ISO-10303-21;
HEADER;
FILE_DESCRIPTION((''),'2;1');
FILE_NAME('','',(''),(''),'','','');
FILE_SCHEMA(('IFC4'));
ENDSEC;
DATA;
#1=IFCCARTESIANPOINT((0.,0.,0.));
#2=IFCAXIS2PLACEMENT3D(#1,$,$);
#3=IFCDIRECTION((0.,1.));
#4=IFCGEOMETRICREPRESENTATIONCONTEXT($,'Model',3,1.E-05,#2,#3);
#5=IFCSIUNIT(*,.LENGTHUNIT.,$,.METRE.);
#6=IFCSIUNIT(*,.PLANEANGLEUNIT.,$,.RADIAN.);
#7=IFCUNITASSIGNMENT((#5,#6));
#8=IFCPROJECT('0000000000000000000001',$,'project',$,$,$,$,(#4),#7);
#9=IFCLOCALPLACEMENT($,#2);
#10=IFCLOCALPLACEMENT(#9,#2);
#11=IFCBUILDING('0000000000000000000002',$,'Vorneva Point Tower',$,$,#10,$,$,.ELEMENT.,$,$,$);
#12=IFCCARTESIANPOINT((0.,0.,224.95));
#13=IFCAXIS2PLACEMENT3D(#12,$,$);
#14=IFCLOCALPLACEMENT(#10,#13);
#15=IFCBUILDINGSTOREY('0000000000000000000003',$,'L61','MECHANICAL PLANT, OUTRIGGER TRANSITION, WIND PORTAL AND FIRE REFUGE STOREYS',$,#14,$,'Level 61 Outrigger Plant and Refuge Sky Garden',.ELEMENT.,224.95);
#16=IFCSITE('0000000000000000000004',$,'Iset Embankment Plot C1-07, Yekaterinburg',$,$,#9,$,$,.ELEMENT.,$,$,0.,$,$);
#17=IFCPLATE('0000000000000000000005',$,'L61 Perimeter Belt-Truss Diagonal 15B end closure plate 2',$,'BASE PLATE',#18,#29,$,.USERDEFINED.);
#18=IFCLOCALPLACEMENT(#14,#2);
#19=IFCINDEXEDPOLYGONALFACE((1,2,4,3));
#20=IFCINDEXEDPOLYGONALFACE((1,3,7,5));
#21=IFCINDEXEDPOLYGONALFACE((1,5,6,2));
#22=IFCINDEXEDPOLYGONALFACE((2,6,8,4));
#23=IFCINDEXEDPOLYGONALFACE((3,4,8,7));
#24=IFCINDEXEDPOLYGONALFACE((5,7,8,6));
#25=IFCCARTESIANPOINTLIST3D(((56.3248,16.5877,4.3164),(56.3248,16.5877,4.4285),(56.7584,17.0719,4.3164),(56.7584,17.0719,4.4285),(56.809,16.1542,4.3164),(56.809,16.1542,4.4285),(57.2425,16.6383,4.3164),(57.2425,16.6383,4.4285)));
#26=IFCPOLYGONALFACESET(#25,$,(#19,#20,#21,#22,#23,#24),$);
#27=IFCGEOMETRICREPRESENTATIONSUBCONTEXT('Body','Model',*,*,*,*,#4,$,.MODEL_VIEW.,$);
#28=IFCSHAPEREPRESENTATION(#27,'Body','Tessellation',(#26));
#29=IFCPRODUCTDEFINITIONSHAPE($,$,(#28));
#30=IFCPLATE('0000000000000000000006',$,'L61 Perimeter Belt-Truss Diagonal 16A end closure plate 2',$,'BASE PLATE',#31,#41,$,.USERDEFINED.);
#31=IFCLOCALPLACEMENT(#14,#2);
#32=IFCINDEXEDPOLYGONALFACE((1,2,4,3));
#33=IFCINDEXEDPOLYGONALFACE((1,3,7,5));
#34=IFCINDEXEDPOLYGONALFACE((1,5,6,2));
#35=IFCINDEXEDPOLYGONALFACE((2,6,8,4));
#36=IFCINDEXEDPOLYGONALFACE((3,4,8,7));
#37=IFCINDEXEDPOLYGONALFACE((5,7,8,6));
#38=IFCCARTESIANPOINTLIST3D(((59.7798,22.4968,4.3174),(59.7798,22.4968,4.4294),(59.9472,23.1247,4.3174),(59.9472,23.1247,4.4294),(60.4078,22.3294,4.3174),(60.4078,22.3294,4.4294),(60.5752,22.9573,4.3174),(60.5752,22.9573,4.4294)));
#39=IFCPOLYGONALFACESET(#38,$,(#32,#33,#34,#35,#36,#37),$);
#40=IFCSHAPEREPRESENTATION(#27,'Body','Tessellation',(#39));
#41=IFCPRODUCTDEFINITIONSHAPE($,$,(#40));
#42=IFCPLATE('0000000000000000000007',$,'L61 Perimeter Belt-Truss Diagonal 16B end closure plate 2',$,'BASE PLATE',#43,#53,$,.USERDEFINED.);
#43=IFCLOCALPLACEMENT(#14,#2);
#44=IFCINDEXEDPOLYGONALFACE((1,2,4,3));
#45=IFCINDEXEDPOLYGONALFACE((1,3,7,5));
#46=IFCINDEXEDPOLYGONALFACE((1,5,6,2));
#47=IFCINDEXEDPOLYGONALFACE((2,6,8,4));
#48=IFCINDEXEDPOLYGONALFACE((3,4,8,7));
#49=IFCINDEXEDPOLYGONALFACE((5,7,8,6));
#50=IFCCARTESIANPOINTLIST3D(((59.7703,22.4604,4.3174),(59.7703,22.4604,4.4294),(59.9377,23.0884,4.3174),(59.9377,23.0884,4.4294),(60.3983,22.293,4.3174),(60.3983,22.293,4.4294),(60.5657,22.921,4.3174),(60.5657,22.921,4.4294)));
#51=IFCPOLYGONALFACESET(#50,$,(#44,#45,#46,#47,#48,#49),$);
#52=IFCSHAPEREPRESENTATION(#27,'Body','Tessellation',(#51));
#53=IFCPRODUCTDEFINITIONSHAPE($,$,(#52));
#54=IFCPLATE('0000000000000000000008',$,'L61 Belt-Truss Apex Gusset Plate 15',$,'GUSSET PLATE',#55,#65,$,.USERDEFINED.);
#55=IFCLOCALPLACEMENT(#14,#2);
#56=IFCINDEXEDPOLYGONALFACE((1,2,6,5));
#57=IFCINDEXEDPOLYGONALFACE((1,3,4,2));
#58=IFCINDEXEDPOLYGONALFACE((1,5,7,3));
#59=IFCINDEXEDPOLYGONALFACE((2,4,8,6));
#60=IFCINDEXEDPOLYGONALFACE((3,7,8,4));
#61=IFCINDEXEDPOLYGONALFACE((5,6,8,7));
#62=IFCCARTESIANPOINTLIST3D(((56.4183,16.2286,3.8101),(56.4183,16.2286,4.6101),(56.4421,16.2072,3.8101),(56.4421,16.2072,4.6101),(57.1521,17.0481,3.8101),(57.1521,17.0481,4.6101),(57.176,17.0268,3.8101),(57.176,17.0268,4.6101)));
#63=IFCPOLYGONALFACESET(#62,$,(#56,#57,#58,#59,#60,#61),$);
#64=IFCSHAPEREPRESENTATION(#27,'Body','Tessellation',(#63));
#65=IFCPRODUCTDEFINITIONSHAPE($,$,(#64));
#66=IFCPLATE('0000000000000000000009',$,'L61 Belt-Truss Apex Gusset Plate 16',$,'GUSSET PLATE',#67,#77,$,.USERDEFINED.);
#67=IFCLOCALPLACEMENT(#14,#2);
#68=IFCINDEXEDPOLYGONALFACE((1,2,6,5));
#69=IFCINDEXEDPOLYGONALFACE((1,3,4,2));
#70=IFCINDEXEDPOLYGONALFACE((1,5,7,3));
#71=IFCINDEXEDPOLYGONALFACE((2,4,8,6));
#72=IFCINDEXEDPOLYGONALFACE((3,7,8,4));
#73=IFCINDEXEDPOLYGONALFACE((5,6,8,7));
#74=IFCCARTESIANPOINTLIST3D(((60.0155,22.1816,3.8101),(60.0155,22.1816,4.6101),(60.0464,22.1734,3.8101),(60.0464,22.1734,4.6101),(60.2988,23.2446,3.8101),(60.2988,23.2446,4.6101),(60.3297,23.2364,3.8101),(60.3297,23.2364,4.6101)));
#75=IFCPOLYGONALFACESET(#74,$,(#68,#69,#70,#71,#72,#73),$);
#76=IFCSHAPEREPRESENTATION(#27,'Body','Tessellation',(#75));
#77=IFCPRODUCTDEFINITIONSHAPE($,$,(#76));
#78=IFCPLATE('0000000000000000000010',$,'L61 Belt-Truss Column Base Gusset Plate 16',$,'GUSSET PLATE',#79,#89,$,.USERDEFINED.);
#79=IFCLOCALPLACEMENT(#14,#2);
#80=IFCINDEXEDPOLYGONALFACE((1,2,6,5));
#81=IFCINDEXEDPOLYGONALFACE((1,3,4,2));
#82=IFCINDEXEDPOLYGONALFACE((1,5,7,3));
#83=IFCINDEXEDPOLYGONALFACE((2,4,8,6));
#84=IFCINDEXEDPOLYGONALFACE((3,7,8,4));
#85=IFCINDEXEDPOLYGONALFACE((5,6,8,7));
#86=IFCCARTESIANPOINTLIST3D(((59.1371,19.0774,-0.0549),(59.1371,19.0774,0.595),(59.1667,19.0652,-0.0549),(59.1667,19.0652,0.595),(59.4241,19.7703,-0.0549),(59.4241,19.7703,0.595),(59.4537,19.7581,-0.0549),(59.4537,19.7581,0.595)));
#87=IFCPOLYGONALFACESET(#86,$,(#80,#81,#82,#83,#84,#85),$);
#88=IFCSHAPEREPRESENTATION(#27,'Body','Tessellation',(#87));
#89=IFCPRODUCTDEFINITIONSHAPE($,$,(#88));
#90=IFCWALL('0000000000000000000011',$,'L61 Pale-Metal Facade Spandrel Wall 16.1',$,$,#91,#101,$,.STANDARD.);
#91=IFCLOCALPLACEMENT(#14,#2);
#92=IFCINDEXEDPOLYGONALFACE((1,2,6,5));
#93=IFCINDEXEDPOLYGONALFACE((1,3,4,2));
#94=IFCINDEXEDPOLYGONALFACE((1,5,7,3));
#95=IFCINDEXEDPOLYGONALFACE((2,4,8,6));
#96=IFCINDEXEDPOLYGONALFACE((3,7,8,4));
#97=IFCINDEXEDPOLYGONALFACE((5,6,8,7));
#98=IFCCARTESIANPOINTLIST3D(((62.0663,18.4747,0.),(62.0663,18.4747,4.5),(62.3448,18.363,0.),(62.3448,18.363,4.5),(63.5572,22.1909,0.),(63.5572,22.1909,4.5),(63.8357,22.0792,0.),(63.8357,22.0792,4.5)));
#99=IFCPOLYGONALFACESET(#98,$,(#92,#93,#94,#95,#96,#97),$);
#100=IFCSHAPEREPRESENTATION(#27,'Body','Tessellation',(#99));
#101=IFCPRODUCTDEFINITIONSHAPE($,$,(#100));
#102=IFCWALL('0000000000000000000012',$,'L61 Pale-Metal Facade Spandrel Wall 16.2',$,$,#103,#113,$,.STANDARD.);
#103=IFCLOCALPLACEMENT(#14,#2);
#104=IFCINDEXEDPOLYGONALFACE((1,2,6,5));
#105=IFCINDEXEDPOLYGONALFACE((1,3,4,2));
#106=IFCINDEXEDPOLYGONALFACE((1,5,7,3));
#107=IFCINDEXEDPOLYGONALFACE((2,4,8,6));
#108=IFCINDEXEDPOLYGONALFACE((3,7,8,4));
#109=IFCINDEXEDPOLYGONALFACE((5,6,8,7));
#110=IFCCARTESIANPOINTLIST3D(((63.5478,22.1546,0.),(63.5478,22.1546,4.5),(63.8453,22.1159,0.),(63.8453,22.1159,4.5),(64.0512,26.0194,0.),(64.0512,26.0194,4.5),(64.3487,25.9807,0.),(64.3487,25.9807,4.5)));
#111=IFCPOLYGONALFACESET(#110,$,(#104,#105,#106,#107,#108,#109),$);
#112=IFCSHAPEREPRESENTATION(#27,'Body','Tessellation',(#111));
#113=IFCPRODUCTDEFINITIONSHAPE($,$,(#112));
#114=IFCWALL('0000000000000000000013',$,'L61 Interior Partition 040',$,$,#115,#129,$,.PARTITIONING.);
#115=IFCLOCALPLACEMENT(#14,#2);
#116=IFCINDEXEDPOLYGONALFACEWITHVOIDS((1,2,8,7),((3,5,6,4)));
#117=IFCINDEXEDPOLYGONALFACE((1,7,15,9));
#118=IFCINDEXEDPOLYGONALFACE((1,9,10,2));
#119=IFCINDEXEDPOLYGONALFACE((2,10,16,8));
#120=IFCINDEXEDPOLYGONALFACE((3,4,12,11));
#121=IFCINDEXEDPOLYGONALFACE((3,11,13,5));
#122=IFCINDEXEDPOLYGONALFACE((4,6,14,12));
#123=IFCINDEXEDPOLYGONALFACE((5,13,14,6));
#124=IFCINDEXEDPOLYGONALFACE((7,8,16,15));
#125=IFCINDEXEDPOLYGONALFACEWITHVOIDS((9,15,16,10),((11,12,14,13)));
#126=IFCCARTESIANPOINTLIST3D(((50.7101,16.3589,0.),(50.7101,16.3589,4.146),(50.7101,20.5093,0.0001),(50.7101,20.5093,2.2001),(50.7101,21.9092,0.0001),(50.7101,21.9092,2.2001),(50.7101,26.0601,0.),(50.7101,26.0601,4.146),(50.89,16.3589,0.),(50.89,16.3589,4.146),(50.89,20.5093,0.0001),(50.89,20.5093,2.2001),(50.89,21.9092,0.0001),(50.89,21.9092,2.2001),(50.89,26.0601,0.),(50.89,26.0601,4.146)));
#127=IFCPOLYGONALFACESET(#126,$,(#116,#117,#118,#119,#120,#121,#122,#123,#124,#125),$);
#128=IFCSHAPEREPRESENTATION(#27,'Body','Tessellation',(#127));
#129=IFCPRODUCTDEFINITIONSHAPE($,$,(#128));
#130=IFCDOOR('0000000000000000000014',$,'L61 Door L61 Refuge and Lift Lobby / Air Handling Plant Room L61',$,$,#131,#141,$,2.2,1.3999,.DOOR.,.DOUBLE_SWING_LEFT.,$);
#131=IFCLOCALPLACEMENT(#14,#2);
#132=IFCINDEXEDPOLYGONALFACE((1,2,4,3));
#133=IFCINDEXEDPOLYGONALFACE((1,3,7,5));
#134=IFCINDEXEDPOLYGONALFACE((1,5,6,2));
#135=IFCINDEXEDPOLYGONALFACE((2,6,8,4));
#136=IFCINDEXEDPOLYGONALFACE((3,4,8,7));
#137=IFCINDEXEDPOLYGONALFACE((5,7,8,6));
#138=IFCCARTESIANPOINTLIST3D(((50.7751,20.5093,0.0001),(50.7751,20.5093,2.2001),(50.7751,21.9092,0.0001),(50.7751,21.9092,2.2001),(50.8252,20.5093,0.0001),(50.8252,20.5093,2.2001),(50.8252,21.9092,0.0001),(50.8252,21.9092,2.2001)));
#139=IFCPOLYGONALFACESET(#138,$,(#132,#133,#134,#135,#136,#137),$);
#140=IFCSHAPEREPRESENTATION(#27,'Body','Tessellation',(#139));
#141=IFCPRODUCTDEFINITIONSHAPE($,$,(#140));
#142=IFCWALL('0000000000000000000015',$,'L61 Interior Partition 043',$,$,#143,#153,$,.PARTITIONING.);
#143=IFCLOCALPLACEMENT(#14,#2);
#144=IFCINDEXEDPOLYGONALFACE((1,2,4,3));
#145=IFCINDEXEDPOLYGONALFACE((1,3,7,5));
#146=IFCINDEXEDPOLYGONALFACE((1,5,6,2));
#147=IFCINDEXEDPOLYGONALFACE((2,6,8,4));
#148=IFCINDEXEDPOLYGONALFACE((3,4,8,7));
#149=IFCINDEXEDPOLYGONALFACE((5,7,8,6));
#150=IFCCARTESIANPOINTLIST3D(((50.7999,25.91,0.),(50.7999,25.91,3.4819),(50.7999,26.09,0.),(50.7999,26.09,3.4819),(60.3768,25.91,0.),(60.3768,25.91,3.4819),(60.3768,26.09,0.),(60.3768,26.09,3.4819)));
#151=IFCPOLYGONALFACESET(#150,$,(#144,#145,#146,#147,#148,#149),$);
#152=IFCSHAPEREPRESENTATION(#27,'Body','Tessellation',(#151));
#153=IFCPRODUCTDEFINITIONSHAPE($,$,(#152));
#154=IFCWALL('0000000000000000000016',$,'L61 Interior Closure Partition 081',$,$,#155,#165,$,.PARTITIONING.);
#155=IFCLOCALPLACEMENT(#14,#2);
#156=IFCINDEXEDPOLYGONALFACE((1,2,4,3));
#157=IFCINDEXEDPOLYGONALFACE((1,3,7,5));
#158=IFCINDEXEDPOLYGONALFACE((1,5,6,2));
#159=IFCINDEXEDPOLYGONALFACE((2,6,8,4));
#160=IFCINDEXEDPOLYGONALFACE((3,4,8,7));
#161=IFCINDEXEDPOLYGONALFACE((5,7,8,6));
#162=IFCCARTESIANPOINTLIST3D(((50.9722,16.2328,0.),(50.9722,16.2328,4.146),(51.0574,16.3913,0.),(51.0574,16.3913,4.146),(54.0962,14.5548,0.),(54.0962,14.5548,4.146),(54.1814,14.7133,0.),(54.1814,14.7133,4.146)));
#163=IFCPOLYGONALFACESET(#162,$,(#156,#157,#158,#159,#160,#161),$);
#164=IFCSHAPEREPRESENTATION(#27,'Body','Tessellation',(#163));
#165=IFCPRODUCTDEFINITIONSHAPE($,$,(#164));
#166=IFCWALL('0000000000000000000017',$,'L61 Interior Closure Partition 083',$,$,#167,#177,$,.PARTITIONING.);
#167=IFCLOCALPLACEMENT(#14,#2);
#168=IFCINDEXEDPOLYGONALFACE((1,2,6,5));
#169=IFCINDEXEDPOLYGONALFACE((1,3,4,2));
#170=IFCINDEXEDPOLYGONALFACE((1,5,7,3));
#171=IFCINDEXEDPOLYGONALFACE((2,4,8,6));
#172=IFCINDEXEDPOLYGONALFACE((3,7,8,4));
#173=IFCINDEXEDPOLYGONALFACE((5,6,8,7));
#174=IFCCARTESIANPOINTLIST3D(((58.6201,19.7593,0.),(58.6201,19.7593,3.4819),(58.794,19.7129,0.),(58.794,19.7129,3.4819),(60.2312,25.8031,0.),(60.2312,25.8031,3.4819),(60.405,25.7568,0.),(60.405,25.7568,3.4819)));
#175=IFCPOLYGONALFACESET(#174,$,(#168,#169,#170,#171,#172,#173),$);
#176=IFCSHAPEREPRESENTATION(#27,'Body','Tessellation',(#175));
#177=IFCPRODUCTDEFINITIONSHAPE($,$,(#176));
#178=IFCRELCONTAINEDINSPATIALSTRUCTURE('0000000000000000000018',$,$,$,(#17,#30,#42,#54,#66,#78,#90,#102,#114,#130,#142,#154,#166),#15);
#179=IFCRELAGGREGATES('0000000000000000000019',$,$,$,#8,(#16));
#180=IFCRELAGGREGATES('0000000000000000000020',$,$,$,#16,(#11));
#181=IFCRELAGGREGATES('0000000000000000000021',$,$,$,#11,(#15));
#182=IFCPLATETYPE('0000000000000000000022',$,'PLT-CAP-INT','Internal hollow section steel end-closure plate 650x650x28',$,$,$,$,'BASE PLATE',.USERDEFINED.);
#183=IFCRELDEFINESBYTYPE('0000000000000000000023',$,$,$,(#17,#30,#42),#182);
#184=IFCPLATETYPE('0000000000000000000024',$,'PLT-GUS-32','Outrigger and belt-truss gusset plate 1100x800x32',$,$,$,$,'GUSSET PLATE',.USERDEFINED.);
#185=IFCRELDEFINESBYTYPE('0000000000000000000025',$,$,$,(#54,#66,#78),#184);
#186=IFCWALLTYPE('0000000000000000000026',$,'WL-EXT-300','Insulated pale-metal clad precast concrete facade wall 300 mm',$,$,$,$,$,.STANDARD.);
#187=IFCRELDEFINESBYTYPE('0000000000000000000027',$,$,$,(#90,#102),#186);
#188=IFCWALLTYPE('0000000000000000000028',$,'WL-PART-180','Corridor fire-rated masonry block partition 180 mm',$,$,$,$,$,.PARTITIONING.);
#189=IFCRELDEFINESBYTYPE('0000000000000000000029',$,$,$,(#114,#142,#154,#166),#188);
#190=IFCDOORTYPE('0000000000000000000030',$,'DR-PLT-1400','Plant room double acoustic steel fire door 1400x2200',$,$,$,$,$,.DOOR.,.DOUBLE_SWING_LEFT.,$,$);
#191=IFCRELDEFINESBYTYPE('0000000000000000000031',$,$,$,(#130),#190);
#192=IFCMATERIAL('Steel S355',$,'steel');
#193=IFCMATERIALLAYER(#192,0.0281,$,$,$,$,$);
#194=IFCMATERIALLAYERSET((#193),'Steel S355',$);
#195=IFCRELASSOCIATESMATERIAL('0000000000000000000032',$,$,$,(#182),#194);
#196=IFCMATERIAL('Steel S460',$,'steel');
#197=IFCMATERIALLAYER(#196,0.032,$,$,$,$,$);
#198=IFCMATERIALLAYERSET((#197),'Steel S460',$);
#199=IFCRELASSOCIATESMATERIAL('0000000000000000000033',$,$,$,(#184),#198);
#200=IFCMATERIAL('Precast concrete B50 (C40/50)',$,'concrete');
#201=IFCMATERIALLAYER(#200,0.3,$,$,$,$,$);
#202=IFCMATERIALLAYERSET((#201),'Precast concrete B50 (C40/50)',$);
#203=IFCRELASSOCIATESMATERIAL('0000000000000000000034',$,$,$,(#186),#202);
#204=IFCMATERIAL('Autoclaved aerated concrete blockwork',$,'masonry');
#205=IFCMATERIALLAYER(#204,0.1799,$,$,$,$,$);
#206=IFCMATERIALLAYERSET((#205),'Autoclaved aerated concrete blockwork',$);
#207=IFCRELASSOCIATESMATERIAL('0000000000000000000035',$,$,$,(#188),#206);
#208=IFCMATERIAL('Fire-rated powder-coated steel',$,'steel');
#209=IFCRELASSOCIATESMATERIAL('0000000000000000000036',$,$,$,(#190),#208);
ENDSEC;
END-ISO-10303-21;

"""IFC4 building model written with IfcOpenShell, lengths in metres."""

from ifc_helpers import new_model, si_unit, direction, frame, frame_2d, origin, origin_2d, place, context, subcontext, project, spatial, rectangle, extrude, material, layer, layer_set, type_object, element, fill, save


model = new_model("IFC4")

# Units and contexts
model_context = context("Model", 3, precision=1e-05, world=origin(), true_north=direction((0.0, 1.0)))
body_context = subcontext(model_context, "Body", "Model", "MODEL_VIEW")
ifc_project = project(units=[si_unit("LENGTHUNIT", "METRE"), si_unit("PLANEANGLEUNIT", "RADIAN")], contexts=[model_context])

# Site, building, storey
site_placement = place(None, origin())
site = spatial("IfcSite", under=ifc_project, at=site_placement, Name="Iset Embankment Plot C1-07, Yekaterinburg", CompositionType="ELEMENT", RefElevation=0.0)
building_placement = place(site_placement, origin())
building = spatial("IfcBuilding", under=site, at=building_placement, Name="Vorneva Point Tower", CompositionType="ELEMENT")
storey_placement = place(building_placement, frame((0.0, 0.0, 224.95)))
storey = spatial("IfcBuildingStorey", under=building, at=storey_placement, Name="L61", Description="MECHANICAL PLANT, OUTRIGGER TRANSITION, WIND PORTAL AND FIRE REFUGE STOREYS", LongName="Level 61 Outrigger Plant and Refuge Sky Garden", CompositionType="ELEMENT", Elevation=224.95)

# Shared definitions
ifc_material_1 = material(Name="Steel S460", Category="steel")
ifc_material_2 = material(Name="Steel S355", Category="steel")

# Plates
ifc_layer_1 = layer(ifc_material_2, 0.0281)
ifc_layer_set_1 = layer_set([ifc_layer_1], Name="Steel S355")
plate_type_1 = type_object("IfcPlateType", Name="PLT-CAP-INT", Description="Internal hollow section steel end-closure plate 650x650x28", ElementType="BASE PLATE", PredefinedType="USERDEFINED", material=ifc_layer_set_1)
for number, where, z_axis, x_axis, name in (
    (1, (56.7837, 16.613, 4.3164), (0.0, 0.0, 1.0), (-0.667092, -0.744976, 0.0), "L61 Perimeter Belt-Truss Diagonal 15B end closure plate 2"),
    (2, (60.1775, 22.7271, 4.3174), (0.0, 0.0, 1.0), (0.257571, 0.966259, 0.0), "L61 Perimeter Belt-Truss Diagonal 16A end closure plate 2"),
    (3, (60.168, 22.6907, 4.3174), (0.0, 0.0, 1.0), (-0.257571, -0.966259, 0.0), "L61 Perimeter Belt-Truss Diagonal 16B end closure plate 2"),
):
    element("IfcPlate", number, at=place(storey_placement, frame(where, z_axis=z_axis, x_axis=x_axis)), inside=storey, type_object=plate_type_1, Name=name, ObjectType="BASE PLATE", PredefinedType="USERDEFINED", context=body_context, shape_type="SweptSolid", body=[
        extrude(rectangle(XDim=0.6499, YDim=0.6499, at=origin_2d()), origin(), (0.0, 0.0, 1.0), 0.1121),
    ])
ifc_layer_2 = layer(ifc_material_1, 0.032)
ifc_layer_set_2 = layer_set([ifc_layer_2], Name="Steel S460")
plate_type_2 = type_object("IfcPlateType", Name="PLT-GUS-32", Description="Outrigger and belt-truss gusset plate 1100x800x32", ElementType="GUSSET PLATE", PredefinedType="USERDEFINED", material=ifc_layer_set_2)
for number, where, z_axis, x_axis, name in (
    (4, (56.7971, 16.6277, 3.8101), (0.0, 0.0, 1.0), (0.667092, 0.744976, 0.0), "L61 Belt-Truss Apex Gusset Plate 15"),
    (5, (60.1726, 22.709, 3.8101), (0.0, 0.0, 1.0), (0.257571, 0.966259, 0.0), "L61 Belt-Truss Apex Gusset Plate 16"),
):
    element("IfcPlate", number, at=place(storey_placement, frame(where, z_axis=z_axis, x_axis=x_axis)), inside=storey, type_object=plate_type_2, Name=name, ObjectType="GUSSET PLATE", PredefinedType="USERDEFINED", context=body_context, shape_type="SweptSolid", body=[
        extrude(rectangle(XDim=1.1001, YDim=0.032, at=origin_2d()), origin(), (0.0, 0.0, 1.0), 0.8),
    ])
plate_placement = place(storey_placement, frame((59.2954, 19.4177, -0.0549), z_axis=(0.0, 0.0, 1.0), x_axis=(0.382683, 0.92388, 0.0)))
element("IfcPlate", 6, at=plate_placement, inside=storey, type_object=plate_type_2, Name="L61 Belt-Truss Column Base Gusset Plate 16", ObjectType="GUSSET PLATE", PredefinedType="USERDEFINED", context=body_context, shape_type="SweptSolid", body=[
    extrude(rectangle(XDim=0.75, YDim=0.032, at=origin_2d()), origin(), (0.0, 0.0, 1.0), 0.6499),
])

# Walls
ifc_material_3 = material(Name="Precast concrete B50 (C40/50)", Category="concrete")
ifc_layer_3 = layer(ifc_material_3, 0.3)
ifc_layer_set_3 = layer_set([ifc_layer_3], Name="Precast concrete B50 (C40/50)")
wall_type_1 = type_object("IfcWallType", Name="WL-EXT-300", Description="Insulated pale-metal clad precast concrete facade wall 300 mm", PredefinedType="STANDARD", material=ifc_layer_set_3)
wall_1_placement = place(storey_placement, frame((62.2056, 18.4189, 0.0), z_axis=(0.0, 0.0, 1.0), x_axis=(0.372347, 0.928094, 0.0)))
element("IfcWall", 7, at=wall_1_placement, inside=storey, type_object=wall_type_1, Name="L61 Pale-Metal Facade Spandrel Wall 16.1", PredefinedType="STANDARD", context=body_context, shape_type="SweptSolid", body=[
    extrude(rectangle(XDim=4.0042, YDim=0.3, at=frame_2d((2.002, 0.0))), origin(), (0.0, 0.0, 1.0), 4.5),
])
wall_2_placement = place(storey_placement, frame((63.6965, 22.1353, 0.0), z_axis=(0.0, 0.0, 1.0), x_axis=(0.129168, 0.991623, 0.0)))
element("IfcWall", 8, at=wall_2_placement, inside=storey, type_object=wall_type_1, Name="L61 Pale-Metal Facade Spandrel Wall 16.2", PredefinedType="STANDARD", context=body_context, shape_type="SweptSolid", body=[
    extrude(rectangle(XDim=3.8975, YDim=0.3, at=frame_2d((1.9487, 0.0))), origin(), (0.0, 0.0, 1.0), 4.5),
])

# Wall, opening, door
ifc_material_4 = material(Name="Autoclaved aerated concrete blockwork", Category="masonry")
ifc_layer_4 = layer(ifc_material_4, 0.1799)
ifc_layer_set_4 = layer_set([ifc_layer_4], Name="Autoclaved aerated concrete blockwork")
wall_type_2 = type_object("IfcWallType", Name="WL-PART-180", Description="Corridor fire-rated masonry block partition 180 mm", PredefinedType="PARTITIONING", material=ifc_layer_set_4)
wall_3_placement = place(storey_placement, frame((50.8, 16.3589, 0.0), z_axis=(0.0, 0.0, 1.0), x_axis=(0.0, 1.0, 0.0)))
wall_3 = element("IfcWall", 9, at=wall_3_placement, inside=storey, type_object=wall_type_2, Name="L61 Interior Partition 040", PredefinedType="PARTITIONING", context=body_context, shape_type="SweptSolid", body=[
    extrude(rectangle(XDim=9.7012, YDim=0.1799, at=frame_2d((4.8506, 0.0))), origin(), (0.0, 0.0, 1.0), 4.146),
])
opening_placement = place(wall_3_placement, frame((4.1504, 0.0, 0.0)))
opening = element("IfcOpeningElement", 10, at=opening_placement, cuts=wall_3, PredefinedType="OPENING", context=body_context, shape_type="SweptSolid", body=[
    extrude(rectangle(XDim=1.3999, YDim=2.2, at=frame_2d((0.7, 1.1001))), frame((0.0, 0.105, 0.0), z_axis=(0.0, -1.0, 0.0), x_axis=(1.0, 0.0, 0.0)), (0.0, 0.0, 1.0), 0.2097),
])
ifc_material_5 = material(Name="Fire-rated powder-coated steel", Category="steel")
door_type = type_object("IfcDoorType", Name="DR-PLT-1400", Description="Plant room double acoustic steel fire door 1400x2200", OperationType="DOUBLE_SWING_LEFT", PredefinedType="DOOR", material=ifc_material_5)
door_placement = place(opening_placement, origin())
door = element("IfcDoor", 11, at=door_placement, inside=storey, type_object=door_type, Name="L61 Door L61 Refuge and Lift Lobby / Air Handling Plant Room L61", OperationType="DOUBLE_SWING_LEFT", OverallHeight=2.2, OverallWidth=1.3999, PredefinedType="DOOR", context=body_context, shape_type="SweptSolid", body=[
    extrude(rectangle(XDim=1.3999, YDim=2.2, at=frame_2d((0.7, 1.1001))), frame((0.0, 0.0249, 0.0), z_axis=(0.0, -1.0, 0.0), x_axis=(1.0, 0.0, 0.0)), (0.0, 0.0, 1.0), 0.05),
])
fill(opening, door)

# Walls
wall_4_placement = place(storey_placement, frame((60.377, 26.0, 0.0), z_axis=(0.0, 0.0, 1.0), x_axis=(-1.0, 0.0, 0.0)))
element("IfcWall", 12, at=wall_4_placement, inside=storey, type_object=wall_type_2, Name="L61 Interior Partition 043", PredefinedType="PARTITIONING", context=body_context, shape_type="SweptSolid", body=[
    extrude(rectangle(XDim=9.5769, YDim=0.1799, at=frame_2d((4.7886, 0.0))), origin(), (0.0, 0.0, 1.0), 3.4819),
])
wall_5_placement = place(storey_placement, frame((51.0149, 16.312, 0.0), z_axis=(0.0, 0.0, 1.0), x_axis=(0.880964, -0.473184, 0.0)))
element("IfcWall", 13, at=wall_5_placement, inside=storey, type_object=wall_type_2, Name="L61 Interior Closure Partition 081", PredefinedType="PARTITIONING", context=body_context, shape_type="SweptSolid", body=[
    extrude(rectangle(XDim=3.5461, YDim=0.1799, at=frame_2d((1.7729, 0.0))), origin(), (0.0, 0.0, 1.0), 4.146),
])
wall_6_placement = place(storey_placement, frame((58.707, 19.7361, 0.0), z_axis=(0.0, 0.0, 1.0), x_axis=(0.257568, 0.96626, 0.0)))
element("IfcWall", 14, at=wall_6_placement, inside=storey, type_object=wall_type_2, Name="L61 Interior Closure Partition 083", PredefinedType="PARTITIONING", context=body_context, shape_type="SweptSolid", body=[
    extrude(rectangle(XDim=6.2549, YDim=0.1799, at=frame_2d((3.1274, 0.0))), origin(), (0.0, 0.0, 1.0), 3.4819),
])

save(model, "model.ifc")
